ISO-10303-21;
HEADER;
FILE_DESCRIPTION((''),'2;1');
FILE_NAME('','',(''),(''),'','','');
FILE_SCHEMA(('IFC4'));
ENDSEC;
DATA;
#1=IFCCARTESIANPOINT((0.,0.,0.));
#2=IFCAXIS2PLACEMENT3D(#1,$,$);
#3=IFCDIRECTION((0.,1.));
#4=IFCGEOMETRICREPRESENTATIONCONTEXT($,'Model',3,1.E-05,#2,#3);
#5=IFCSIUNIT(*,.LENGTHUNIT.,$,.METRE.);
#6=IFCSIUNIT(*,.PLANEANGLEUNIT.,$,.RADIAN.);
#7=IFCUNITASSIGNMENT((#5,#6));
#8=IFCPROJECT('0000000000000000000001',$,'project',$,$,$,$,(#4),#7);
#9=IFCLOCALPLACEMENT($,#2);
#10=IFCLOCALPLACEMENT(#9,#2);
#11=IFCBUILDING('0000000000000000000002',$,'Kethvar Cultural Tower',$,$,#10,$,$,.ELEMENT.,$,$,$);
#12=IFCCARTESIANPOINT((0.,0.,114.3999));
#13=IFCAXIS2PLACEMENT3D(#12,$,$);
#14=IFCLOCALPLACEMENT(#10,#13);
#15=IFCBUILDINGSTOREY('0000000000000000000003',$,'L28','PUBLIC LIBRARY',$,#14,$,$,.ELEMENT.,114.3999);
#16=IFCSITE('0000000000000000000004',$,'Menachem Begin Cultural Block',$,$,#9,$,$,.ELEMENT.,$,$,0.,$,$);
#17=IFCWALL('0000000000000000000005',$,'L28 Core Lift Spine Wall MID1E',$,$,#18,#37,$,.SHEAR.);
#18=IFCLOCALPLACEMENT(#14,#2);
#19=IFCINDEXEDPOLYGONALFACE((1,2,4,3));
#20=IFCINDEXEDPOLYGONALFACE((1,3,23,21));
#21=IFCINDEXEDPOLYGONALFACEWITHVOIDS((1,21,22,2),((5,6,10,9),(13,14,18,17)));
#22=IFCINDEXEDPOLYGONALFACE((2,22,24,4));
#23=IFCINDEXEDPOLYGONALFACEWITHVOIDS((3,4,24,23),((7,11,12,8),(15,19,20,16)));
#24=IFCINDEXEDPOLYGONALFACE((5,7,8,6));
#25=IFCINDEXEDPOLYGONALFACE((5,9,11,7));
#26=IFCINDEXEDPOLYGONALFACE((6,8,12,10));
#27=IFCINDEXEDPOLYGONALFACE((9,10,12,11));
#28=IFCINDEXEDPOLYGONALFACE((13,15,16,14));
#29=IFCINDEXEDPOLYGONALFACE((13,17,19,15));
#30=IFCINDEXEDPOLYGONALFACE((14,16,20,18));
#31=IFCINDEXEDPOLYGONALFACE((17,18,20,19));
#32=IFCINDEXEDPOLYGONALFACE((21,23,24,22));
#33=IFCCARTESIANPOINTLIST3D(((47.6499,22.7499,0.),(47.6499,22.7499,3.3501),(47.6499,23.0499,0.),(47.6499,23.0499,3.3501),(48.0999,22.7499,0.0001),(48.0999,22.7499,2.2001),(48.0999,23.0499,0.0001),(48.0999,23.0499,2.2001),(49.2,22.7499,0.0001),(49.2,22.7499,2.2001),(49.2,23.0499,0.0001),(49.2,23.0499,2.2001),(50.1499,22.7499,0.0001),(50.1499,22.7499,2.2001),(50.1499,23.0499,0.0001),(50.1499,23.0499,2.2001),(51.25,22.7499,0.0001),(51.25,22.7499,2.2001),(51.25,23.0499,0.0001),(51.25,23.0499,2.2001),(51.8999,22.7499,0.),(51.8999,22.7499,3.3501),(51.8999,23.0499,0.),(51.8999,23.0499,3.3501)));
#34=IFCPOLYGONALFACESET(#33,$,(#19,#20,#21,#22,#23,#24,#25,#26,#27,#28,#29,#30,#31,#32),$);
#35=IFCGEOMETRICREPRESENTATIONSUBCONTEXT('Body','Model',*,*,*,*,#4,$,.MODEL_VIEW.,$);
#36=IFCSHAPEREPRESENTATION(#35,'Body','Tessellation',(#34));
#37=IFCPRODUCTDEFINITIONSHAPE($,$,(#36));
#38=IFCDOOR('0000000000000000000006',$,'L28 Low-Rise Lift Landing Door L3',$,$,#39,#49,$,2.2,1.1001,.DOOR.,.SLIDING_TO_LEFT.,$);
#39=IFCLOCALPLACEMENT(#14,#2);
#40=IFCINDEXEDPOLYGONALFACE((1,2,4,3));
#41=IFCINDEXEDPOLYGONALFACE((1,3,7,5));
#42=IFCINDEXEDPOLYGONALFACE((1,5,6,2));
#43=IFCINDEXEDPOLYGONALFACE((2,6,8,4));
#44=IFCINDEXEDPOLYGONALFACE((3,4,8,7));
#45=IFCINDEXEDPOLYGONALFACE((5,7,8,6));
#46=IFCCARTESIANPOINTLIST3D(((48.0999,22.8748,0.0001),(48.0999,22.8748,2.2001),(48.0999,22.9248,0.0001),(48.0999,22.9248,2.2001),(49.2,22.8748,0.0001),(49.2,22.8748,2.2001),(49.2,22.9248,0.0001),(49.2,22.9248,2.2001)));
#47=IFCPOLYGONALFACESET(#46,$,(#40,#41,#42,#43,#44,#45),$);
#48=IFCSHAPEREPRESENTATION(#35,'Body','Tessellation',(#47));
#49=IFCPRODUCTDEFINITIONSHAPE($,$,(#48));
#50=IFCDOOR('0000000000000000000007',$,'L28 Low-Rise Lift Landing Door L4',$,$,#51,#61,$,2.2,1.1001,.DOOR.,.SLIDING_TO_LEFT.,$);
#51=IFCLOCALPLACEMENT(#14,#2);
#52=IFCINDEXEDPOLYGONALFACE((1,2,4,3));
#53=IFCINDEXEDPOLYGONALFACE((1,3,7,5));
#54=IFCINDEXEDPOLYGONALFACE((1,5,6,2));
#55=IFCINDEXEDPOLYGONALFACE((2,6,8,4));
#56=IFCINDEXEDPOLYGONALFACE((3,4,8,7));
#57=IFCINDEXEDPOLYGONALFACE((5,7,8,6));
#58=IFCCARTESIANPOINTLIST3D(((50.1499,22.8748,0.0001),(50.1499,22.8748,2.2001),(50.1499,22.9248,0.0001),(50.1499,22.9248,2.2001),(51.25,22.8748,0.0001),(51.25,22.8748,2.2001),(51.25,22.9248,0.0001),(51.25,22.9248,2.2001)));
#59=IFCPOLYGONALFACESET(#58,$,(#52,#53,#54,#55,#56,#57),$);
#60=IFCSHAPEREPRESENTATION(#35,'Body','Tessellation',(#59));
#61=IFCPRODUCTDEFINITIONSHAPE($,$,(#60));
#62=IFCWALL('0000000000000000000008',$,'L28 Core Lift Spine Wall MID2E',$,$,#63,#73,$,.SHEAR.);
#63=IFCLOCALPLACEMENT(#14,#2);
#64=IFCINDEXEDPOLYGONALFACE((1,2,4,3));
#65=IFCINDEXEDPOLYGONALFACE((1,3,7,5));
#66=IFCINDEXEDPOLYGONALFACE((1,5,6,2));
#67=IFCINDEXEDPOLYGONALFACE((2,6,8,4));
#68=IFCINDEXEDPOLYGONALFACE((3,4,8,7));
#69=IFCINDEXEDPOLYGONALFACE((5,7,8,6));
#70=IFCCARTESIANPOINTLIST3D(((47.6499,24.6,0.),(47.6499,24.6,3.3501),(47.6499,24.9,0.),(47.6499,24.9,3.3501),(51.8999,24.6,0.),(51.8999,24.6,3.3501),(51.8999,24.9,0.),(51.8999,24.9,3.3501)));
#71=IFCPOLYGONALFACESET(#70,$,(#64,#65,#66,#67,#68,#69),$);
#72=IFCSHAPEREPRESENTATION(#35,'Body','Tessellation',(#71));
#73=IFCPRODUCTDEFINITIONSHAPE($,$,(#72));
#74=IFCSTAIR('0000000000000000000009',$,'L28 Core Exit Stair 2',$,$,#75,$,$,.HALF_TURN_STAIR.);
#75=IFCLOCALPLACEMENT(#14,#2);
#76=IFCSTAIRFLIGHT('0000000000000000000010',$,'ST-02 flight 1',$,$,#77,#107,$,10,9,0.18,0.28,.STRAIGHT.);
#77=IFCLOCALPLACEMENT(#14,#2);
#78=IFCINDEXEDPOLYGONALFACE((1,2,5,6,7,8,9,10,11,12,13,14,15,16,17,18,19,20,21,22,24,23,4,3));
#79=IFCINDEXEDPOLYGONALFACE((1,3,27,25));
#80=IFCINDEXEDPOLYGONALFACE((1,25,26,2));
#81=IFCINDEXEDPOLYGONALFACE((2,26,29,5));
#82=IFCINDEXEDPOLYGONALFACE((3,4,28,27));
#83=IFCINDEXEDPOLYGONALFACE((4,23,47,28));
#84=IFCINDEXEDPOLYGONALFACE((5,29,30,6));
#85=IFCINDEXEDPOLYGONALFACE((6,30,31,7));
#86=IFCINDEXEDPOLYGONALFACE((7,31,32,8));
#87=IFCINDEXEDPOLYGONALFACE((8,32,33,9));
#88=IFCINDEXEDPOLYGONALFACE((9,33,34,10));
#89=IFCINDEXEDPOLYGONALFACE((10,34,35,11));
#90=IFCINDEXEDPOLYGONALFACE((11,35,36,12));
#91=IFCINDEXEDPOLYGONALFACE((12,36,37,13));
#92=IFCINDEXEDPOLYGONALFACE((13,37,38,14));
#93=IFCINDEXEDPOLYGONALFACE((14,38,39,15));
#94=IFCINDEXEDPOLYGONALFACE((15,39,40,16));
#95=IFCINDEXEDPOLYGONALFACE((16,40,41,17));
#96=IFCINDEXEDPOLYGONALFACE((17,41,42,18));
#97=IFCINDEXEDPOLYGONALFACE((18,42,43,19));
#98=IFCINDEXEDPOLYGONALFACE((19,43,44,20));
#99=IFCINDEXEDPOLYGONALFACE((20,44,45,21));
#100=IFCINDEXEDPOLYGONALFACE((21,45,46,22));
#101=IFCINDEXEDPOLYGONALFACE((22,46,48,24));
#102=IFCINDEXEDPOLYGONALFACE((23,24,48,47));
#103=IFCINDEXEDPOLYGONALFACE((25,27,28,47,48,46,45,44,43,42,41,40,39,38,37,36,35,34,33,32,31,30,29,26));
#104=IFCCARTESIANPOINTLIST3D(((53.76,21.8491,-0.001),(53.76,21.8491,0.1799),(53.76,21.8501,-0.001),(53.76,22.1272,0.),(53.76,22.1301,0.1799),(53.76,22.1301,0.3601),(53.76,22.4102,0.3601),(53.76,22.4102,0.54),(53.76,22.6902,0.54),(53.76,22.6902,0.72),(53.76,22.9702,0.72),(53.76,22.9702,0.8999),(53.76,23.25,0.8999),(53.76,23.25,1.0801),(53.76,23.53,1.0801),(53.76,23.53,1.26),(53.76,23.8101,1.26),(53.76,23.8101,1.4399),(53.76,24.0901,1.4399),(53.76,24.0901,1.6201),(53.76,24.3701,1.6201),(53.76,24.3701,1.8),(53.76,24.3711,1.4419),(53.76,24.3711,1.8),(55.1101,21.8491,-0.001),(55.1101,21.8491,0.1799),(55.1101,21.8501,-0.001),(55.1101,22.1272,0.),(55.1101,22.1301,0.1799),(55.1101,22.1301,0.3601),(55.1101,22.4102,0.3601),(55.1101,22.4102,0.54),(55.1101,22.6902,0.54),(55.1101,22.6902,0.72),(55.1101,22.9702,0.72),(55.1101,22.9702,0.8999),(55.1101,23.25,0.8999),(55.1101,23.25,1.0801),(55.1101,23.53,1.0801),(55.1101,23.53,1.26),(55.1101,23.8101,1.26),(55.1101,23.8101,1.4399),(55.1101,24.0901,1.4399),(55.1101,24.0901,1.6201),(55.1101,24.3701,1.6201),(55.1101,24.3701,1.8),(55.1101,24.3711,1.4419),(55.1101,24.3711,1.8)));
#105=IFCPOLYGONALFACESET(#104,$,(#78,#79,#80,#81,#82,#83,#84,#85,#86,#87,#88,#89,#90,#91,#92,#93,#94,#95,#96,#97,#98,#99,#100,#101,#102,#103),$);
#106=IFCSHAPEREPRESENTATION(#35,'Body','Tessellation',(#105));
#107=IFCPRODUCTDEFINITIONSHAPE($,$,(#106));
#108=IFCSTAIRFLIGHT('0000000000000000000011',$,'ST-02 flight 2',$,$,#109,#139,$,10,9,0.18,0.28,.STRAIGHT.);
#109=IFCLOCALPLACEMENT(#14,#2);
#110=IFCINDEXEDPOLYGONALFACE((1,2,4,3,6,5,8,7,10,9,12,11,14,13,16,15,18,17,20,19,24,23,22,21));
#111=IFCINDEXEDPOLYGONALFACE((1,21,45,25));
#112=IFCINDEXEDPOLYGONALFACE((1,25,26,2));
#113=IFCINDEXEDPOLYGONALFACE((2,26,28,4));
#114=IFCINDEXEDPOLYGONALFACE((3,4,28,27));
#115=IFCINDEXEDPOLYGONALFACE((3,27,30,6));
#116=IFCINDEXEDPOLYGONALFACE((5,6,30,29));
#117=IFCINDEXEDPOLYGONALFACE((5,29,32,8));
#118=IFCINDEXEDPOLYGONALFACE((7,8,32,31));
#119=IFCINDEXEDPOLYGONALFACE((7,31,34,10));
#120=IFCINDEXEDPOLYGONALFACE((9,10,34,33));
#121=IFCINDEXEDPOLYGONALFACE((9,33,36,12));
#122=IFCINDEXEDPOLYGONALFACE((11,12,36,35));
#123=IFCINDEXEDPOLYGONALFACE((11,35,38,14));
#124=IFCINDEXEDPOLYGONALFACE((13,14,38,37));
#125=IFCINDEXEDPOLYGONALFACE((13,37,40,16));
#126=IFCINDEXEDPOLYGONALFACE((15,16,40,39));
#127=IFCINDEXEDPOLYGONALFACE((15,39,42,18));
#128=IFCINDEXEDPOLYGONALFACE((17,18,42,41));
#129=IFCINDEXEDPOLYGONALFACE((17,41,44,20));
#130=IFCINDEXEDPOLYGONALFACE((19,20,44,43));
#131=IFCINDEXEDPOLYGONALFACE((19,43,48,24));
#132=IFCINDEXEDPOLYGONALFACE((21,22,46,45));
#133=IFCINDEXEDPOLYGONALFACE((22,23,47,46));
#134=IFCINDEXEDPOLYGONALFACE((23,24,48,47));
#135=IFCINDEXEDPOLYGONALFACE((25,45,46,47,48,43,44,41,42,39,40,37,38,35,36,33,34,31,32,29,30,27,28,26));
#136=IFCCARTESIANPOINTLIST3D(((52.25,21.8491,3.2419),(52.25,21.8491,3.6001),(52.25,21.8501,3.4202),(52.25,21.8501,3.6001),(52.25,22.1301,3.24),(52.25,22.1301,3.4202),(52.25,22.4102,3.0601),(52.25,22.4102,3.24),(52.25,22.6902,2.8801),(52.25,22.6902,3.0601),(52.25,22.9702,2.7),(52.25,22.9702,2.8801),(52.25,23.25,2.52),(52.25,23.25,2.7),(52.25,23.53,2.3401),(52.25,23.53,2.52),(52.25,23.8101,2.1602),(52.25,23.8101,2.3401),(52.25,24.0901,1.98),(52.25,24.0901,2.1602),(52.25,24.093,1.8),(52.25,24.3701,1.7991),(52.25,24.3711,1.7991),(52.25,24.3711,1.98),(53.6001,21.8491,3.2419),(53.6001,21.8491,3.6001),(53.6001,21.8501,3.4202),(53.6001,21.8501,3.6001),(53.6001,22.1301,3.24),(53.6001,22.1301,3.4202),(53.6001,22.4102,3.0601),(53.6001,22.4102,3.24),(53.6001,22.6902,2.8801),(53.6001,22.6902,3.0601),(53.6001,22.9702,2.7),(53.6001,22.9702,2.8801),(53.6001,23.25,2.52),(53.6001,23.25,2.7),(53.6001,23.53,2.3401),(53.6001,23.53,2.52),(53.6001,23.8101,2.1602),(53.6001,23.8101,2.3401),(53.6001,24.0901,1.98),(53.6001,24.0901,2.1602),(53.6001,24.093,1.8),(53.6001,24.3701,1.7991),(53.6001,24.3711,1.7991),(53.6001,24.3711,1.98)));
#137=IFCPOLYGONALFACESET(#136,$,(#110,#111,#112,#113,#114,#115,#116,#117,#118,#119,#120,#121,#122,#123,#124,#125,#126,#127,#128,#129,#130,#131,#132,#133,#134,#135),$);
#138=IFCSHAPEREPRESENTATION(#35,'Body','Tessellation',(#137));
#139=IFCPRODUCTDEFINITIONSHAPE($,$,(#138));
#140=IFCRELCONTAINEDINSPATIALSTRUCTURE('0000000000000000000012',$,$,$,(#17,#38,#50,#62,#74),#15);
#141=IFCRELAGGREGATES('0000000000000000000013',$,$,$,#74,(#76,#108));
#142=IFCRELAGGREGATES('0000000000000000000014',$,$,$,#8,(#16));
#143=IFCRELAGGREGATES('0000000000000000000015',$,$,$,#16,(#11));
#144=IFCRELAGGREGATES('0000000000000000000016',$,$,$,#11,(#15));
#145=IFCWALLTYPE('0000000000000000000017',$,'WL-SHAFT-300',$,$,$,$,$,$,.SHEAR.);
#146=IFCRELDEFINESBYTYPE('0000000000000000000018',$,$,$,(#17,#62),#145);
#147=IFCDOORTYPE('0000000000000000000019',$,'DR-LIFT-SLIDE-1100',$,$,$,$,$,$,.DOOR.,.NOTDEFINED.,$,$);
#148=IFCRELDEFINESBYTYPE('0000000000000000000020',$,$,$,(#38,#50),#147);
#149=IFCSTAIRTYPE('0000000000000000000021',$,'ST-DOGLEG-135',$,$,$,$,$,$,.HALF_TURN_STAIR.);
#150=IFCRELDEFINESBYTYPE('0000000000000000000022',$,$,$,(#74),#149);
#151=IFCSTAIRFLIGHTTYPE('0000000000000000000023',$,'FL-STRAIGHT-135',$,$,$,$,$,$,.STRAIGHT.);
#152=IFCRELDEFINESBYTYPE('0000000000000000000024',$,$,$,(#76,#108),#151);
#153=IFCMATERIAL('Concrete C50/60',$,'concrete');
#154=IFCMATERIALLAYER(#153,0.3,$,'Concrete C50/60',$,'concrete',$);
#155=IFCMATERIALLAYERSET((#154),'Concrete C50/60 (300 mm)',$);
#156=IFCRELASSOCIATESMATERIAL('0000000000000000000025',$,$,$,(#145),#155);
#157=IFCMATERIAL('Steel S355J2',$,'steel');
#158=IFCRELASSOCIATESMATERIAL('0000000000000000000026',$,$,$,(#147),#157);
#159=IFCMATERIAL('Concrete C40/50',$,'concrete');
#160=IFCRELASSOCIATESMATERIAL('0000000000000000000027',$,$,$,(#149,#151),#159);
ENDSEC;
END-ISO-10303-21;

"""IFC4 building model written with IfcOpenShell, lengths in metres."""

from ifc_helpers import new_model, si_unit, direction, frame, frame_2d, origin, place, context, subcontext, project, spatial, polyline, rectangle, outline, extrude, source, transform, mapped, material, layer, layer_set, type_object, element, fill, aggregate, save


model = new_model("IFC4")

# Units and contexts
model_context = context("Model", 3, precision=1e-05, world=origin(), true_north=direction((0.0, 1.0)))
body_context = subcontext(model_context, "Body", "Model", "MODEL_VIEW")
ifc_project = project(units=[si_unit("LENGTHUNIT", "METRE"), si_unit("PLANEANGLEUNIT", "RADIAN")], contexts=[model_context])

# Site, building, storey
site_placement = place(None, origin())
site = spatial("IfcSite", under=ifc_project, at=site_placement, Name="Menachem Begin Cultural Block", CompositionType="ELEMENT", RefElevation=0.0)
building_placement = place(site_placement, origin())
building = spatial("IfcBuilding", under=site, at=building_placement, Name="Kethvar Cultural Tower", CompositionType="ELEMENT")
storey_placement = place(building_placement, frame((0.0, 0.0, 114.3999)))
storey = spatial("IfcBuildingStorey", under=building, at=storey_placement, Name="L28", Description="PUBLIC LIBRARY", CompositionType="ELEMENT", Elevation=114.3999)

# Shared definitions
ifc_material_1 = material(Name="Steel S355J2", Category="steel")

# Wall, openings, doors
ifc_material_2 = material(Name="Concrete C50/60", Category="concrete")
ifc_layer_1 = layer(ifc_material_2, 0.3, Name="Concrete C50/60", Category="concrete")
ifc_layer_set_1 = layer_set([ifc_layer_1], Name="Concrete C50/60 (300 mm)")
wall_type_1 = type_object("IfcWallType", Name="WL-SHAFT-300", PredefinedType="SHEAR", material=ifc_layer_set_1)
wall_1_placement = place(storey_placement, frame((47.6499, 22.8999, 0.0), z_axis=(0.0, 0.0, 1.0), x_axis=(1.0, 0.0, 0.0)))
wall_1 = element("IfcWall", 1, at=wall_1_placement, inside=storey, type_object=wall_type_1, Name="L28 Core Lift Spine Wall MID1E", PredefinedType="SHEAR", context=body_context, shape_type="SweptSolid", body=[
    extrude(rectangle(XDim=4.25, YDim=0.3, at=frame_2d((2.125, 0.0))), origin(), (0.0, 0.0, 1.0), 3.3501),
])
opening_1_placement = place(wall_1_placement, frame((0.45, 0.0, 0.0)))
opening_1 = element("IfcOpeningElement", 2, at=opening_1_placement, cuts=wall_1, PredefinedType="OPENING", context=body_context, shape_type="SweptSolid", body=[
    extrude(rectangle(XDim=1.1001, YDim=2.2, at=frame_2d((0.55, 1.1001))), frame((0.0, 0.1599, 0.0), z_axis=(0.0, -1.0, 0.0), x_axis=(1.0, 0.0, 0.0)), (0.0, 0.0, 1.0), 0.3201),
])
opening_2_placement = place(wall_1_placement, frame((2.5, 0.0, 0.0)))
opening_2 = element("IfcOpeningElement", 3, at=opening_2_placement, cuts=wall_1, PredefinedType="OPENING", context=body_context, shape_type="SweptSolid", body=[
    extrude(rectangle(XDim=1.1001, YDim=2.2, at=frame_2d((0.55, 1.1001))), frame((0.0, 0.1599, 0.0), z_axis=(0.0, -1.0, 0.0), x_axis=(1.0, 0.0, 0.0)), (0.0, 0.0, 1.0), 0.3201),
])
door_type = type_object("IfcDoorType", Name="DR-LIFT-SLIDE-1100", OperationType="NOTDEFINED", PredefinedType="DOOR", material=ifc_material_1)
shared_shape_1 = source(origin(), body_context, "Body", "SweptSolid", [
    extrude(rectangle(XDim=1.1001, YDim=2.2, at=frame_2d((0.55, 1.1001))), frame((0.0, 0.0249, 0.0), z_axis=(0.0, -1.0, 0.0), x_axis=(1.0, 0.0, 0.0)), (0.0, 0.0, 1.0), 0.05),
])
door_1_placement = place(opening_1_placement, origin())
door_1 = element("IfcDoor", 4, at=door_1_placement, inside=storey, type_object=door_type, Name="L28 Low-Rise Lift Landing Door L3", OperationType="SLIDING_TO_LEFT", OverallHeight=2.2, OverallWidth=1.1001, PredefinedType="DOOR", context=body_context, shape_type="MappedRepresentation", body=[
    mapped(shared_shape_1, transform((0.0, 0.0, 0.0), scale=1.0)),
])
fill(opening_1, door_1)
door_2_placement = place(opening_2_placement, origin())
door_2 = element("IfcDoor", 5, at=door_2_placement, inside=storey, type_object=door_type, Name="L28 Low-Rise Lift Landing Door L4", OperationType="SLIDING_TO_LEFT", OverallHeight=2.2, OverallWidth=1.1001, PredefinedType="DOOR", context=body_context, shape_type="MappedRepresentation", body=[
    mapped(shared_shape_1, transform((0.0, 0.0, 0.0), scale=1.0)),
])
fill(opening_2, door_2)

# Wall
wall_2_placement = place(storey_placement, frame((47.6499, 24.75, 0.0), z_axis=(0.0, 0.0, 1.0), x_axis=(1.0, 0.0, 0.0)))
element("IfcWall", 6, at=wall_2_placement, inside=storey, type_object=wall_type_1, Name="L28 Core Lift Spine Wall MID2E", PredefinedType="SHEAR", context=body_context, shape_type="SweptSolid", body=[
    extrude(rectangle(XDim=4.25, YDim=0.3, at=frame_2d((2.125, 0.0))), origin(), (0.0, 0.0, 1.0), 3.3501),
])

# Stair, stair flights
ifc_material_3 = material(Name="Concrete C40/50", Category="concrete")
stair_type = type_object("IfcStairType", Name="ST-DOGLEG-135", PredefinedType="HALF_TURN_STAIR", material=ifc_material_3)
stair_placement = place(storey_placement, origin())
stair = element("IfcStair", 7, at=stair_placement, inside=storey, type_object=stair_type, Name="L28 Core Exit Stair 2", PredefinedType="HALF_TURN_STAIR")
stair_flight_type = type_object("IfcStairFlightType", Name="FL-STRAIGHT-135", PredefinedType="STRAIGHT", material=ifc_material_3)
stair_flight_1_placement = place(storey_placement, frame((54.4351, 21.8501, 0.0), z_axis=(0.0, 0.0, 1.0), x_axis=(0.0, 1.0, 0.0)))
stair_flight_1 = element("IfcStairFlight", 8, at=stair_flight_1_placement, type_object=stair_flight_type, Name="ST-02 flight 1", NumberOfRisers=10, NumberOfTreads=9, PredefinedType="STRAIGHT", RiserHeight=0.18, TreadLength=0.28, context=body_context, shape_type="SweptSolid", body=[
    extrude(outline(polyline([(-0.001, -0.001), (-0.001, 0.1799), (0.28, 0.1799), (0.28, 0.3601), (0.5601, 0.3601), (0.5601, 0.54), (0.8401, 0.54), (0.8401, 0.72), (1.1201, 0.72), (1.1201, 0.8999), (1.3999, 0.8999), (1.3999, 1.0801), (1.6799, 1.0801), (1.6799, 1.26), (1.96, 1.26), (1.96, 1.4399), (2.24, 1.4399), (2.24, 1.6201), (2.52, 1.6201), (2.52, 1.8), (2.521, 1.8), (2.521, 1.4419), (0.2771, 0.0), (0.0, -0.001), (-0.001, -0.001)])), frame((0.0, 0.675, 0.0), z_axis=(0.0, -1.0, 0.0), x_axis=(1.0, 0.0, 0.0)), (0.0, 0.0, 1.0), 1.3501),
])
stair_flight_2_placement = place(storey_placement, frame((52.925, 24.3701, 1.8), z_axis=(0.0, 0.0, 1.0), x_axis=(0.0, -1.0, 0.0)))
stair_flight_2 = element("IfcStairFlight", 9, at=stair_flight_2_placement, type_object=stair_flight_type, Name="ST-02 flight 2", NumberOfRisers=10, NumberOfTreads=9, PredefinedType="STRAIGHT", RiserHeight=0.18, TreadLength=0.28, context=body_context, shape_type="SweptSolid", body=[
    extrude(outline(polyline([(-0.001, -0.001), (-0.001, 0.1799), (0.28, 0.1799), (0.28, 0.3601), (0.5601, 0.3601), (0.5601, 0.54), (0.8401, 0.54), (0.8401, 0.72), (1.1201, 0.72), (1.1201, 0.8999), (1.3999, 0.8999), (1.3999, 1.0801), (1.6799, 1.0801), (1.6799, 1.26), (1.96, 1.26), (1.96, 1.4399), (2.24, 1.4399), (2.24, 1.6201), (2.52, 1.6201), (2.52, 1.8), (2.521, 1.8), (2.521, 1.4419), (0.2771, 0.0), (0.0, -0.001), (-0.001, -0.001)])), frame((0.0, 0.675, 0.0), z_axis=(0.0, -1.0, 0.0), x_axis=(1.0, 0.0, 0.0)), (0.0, 0.0, 1.0), 1.3501),
])
aggregate(stair, [stair_flight_1, stair_flight_2])

save(model, "model.ifc")
